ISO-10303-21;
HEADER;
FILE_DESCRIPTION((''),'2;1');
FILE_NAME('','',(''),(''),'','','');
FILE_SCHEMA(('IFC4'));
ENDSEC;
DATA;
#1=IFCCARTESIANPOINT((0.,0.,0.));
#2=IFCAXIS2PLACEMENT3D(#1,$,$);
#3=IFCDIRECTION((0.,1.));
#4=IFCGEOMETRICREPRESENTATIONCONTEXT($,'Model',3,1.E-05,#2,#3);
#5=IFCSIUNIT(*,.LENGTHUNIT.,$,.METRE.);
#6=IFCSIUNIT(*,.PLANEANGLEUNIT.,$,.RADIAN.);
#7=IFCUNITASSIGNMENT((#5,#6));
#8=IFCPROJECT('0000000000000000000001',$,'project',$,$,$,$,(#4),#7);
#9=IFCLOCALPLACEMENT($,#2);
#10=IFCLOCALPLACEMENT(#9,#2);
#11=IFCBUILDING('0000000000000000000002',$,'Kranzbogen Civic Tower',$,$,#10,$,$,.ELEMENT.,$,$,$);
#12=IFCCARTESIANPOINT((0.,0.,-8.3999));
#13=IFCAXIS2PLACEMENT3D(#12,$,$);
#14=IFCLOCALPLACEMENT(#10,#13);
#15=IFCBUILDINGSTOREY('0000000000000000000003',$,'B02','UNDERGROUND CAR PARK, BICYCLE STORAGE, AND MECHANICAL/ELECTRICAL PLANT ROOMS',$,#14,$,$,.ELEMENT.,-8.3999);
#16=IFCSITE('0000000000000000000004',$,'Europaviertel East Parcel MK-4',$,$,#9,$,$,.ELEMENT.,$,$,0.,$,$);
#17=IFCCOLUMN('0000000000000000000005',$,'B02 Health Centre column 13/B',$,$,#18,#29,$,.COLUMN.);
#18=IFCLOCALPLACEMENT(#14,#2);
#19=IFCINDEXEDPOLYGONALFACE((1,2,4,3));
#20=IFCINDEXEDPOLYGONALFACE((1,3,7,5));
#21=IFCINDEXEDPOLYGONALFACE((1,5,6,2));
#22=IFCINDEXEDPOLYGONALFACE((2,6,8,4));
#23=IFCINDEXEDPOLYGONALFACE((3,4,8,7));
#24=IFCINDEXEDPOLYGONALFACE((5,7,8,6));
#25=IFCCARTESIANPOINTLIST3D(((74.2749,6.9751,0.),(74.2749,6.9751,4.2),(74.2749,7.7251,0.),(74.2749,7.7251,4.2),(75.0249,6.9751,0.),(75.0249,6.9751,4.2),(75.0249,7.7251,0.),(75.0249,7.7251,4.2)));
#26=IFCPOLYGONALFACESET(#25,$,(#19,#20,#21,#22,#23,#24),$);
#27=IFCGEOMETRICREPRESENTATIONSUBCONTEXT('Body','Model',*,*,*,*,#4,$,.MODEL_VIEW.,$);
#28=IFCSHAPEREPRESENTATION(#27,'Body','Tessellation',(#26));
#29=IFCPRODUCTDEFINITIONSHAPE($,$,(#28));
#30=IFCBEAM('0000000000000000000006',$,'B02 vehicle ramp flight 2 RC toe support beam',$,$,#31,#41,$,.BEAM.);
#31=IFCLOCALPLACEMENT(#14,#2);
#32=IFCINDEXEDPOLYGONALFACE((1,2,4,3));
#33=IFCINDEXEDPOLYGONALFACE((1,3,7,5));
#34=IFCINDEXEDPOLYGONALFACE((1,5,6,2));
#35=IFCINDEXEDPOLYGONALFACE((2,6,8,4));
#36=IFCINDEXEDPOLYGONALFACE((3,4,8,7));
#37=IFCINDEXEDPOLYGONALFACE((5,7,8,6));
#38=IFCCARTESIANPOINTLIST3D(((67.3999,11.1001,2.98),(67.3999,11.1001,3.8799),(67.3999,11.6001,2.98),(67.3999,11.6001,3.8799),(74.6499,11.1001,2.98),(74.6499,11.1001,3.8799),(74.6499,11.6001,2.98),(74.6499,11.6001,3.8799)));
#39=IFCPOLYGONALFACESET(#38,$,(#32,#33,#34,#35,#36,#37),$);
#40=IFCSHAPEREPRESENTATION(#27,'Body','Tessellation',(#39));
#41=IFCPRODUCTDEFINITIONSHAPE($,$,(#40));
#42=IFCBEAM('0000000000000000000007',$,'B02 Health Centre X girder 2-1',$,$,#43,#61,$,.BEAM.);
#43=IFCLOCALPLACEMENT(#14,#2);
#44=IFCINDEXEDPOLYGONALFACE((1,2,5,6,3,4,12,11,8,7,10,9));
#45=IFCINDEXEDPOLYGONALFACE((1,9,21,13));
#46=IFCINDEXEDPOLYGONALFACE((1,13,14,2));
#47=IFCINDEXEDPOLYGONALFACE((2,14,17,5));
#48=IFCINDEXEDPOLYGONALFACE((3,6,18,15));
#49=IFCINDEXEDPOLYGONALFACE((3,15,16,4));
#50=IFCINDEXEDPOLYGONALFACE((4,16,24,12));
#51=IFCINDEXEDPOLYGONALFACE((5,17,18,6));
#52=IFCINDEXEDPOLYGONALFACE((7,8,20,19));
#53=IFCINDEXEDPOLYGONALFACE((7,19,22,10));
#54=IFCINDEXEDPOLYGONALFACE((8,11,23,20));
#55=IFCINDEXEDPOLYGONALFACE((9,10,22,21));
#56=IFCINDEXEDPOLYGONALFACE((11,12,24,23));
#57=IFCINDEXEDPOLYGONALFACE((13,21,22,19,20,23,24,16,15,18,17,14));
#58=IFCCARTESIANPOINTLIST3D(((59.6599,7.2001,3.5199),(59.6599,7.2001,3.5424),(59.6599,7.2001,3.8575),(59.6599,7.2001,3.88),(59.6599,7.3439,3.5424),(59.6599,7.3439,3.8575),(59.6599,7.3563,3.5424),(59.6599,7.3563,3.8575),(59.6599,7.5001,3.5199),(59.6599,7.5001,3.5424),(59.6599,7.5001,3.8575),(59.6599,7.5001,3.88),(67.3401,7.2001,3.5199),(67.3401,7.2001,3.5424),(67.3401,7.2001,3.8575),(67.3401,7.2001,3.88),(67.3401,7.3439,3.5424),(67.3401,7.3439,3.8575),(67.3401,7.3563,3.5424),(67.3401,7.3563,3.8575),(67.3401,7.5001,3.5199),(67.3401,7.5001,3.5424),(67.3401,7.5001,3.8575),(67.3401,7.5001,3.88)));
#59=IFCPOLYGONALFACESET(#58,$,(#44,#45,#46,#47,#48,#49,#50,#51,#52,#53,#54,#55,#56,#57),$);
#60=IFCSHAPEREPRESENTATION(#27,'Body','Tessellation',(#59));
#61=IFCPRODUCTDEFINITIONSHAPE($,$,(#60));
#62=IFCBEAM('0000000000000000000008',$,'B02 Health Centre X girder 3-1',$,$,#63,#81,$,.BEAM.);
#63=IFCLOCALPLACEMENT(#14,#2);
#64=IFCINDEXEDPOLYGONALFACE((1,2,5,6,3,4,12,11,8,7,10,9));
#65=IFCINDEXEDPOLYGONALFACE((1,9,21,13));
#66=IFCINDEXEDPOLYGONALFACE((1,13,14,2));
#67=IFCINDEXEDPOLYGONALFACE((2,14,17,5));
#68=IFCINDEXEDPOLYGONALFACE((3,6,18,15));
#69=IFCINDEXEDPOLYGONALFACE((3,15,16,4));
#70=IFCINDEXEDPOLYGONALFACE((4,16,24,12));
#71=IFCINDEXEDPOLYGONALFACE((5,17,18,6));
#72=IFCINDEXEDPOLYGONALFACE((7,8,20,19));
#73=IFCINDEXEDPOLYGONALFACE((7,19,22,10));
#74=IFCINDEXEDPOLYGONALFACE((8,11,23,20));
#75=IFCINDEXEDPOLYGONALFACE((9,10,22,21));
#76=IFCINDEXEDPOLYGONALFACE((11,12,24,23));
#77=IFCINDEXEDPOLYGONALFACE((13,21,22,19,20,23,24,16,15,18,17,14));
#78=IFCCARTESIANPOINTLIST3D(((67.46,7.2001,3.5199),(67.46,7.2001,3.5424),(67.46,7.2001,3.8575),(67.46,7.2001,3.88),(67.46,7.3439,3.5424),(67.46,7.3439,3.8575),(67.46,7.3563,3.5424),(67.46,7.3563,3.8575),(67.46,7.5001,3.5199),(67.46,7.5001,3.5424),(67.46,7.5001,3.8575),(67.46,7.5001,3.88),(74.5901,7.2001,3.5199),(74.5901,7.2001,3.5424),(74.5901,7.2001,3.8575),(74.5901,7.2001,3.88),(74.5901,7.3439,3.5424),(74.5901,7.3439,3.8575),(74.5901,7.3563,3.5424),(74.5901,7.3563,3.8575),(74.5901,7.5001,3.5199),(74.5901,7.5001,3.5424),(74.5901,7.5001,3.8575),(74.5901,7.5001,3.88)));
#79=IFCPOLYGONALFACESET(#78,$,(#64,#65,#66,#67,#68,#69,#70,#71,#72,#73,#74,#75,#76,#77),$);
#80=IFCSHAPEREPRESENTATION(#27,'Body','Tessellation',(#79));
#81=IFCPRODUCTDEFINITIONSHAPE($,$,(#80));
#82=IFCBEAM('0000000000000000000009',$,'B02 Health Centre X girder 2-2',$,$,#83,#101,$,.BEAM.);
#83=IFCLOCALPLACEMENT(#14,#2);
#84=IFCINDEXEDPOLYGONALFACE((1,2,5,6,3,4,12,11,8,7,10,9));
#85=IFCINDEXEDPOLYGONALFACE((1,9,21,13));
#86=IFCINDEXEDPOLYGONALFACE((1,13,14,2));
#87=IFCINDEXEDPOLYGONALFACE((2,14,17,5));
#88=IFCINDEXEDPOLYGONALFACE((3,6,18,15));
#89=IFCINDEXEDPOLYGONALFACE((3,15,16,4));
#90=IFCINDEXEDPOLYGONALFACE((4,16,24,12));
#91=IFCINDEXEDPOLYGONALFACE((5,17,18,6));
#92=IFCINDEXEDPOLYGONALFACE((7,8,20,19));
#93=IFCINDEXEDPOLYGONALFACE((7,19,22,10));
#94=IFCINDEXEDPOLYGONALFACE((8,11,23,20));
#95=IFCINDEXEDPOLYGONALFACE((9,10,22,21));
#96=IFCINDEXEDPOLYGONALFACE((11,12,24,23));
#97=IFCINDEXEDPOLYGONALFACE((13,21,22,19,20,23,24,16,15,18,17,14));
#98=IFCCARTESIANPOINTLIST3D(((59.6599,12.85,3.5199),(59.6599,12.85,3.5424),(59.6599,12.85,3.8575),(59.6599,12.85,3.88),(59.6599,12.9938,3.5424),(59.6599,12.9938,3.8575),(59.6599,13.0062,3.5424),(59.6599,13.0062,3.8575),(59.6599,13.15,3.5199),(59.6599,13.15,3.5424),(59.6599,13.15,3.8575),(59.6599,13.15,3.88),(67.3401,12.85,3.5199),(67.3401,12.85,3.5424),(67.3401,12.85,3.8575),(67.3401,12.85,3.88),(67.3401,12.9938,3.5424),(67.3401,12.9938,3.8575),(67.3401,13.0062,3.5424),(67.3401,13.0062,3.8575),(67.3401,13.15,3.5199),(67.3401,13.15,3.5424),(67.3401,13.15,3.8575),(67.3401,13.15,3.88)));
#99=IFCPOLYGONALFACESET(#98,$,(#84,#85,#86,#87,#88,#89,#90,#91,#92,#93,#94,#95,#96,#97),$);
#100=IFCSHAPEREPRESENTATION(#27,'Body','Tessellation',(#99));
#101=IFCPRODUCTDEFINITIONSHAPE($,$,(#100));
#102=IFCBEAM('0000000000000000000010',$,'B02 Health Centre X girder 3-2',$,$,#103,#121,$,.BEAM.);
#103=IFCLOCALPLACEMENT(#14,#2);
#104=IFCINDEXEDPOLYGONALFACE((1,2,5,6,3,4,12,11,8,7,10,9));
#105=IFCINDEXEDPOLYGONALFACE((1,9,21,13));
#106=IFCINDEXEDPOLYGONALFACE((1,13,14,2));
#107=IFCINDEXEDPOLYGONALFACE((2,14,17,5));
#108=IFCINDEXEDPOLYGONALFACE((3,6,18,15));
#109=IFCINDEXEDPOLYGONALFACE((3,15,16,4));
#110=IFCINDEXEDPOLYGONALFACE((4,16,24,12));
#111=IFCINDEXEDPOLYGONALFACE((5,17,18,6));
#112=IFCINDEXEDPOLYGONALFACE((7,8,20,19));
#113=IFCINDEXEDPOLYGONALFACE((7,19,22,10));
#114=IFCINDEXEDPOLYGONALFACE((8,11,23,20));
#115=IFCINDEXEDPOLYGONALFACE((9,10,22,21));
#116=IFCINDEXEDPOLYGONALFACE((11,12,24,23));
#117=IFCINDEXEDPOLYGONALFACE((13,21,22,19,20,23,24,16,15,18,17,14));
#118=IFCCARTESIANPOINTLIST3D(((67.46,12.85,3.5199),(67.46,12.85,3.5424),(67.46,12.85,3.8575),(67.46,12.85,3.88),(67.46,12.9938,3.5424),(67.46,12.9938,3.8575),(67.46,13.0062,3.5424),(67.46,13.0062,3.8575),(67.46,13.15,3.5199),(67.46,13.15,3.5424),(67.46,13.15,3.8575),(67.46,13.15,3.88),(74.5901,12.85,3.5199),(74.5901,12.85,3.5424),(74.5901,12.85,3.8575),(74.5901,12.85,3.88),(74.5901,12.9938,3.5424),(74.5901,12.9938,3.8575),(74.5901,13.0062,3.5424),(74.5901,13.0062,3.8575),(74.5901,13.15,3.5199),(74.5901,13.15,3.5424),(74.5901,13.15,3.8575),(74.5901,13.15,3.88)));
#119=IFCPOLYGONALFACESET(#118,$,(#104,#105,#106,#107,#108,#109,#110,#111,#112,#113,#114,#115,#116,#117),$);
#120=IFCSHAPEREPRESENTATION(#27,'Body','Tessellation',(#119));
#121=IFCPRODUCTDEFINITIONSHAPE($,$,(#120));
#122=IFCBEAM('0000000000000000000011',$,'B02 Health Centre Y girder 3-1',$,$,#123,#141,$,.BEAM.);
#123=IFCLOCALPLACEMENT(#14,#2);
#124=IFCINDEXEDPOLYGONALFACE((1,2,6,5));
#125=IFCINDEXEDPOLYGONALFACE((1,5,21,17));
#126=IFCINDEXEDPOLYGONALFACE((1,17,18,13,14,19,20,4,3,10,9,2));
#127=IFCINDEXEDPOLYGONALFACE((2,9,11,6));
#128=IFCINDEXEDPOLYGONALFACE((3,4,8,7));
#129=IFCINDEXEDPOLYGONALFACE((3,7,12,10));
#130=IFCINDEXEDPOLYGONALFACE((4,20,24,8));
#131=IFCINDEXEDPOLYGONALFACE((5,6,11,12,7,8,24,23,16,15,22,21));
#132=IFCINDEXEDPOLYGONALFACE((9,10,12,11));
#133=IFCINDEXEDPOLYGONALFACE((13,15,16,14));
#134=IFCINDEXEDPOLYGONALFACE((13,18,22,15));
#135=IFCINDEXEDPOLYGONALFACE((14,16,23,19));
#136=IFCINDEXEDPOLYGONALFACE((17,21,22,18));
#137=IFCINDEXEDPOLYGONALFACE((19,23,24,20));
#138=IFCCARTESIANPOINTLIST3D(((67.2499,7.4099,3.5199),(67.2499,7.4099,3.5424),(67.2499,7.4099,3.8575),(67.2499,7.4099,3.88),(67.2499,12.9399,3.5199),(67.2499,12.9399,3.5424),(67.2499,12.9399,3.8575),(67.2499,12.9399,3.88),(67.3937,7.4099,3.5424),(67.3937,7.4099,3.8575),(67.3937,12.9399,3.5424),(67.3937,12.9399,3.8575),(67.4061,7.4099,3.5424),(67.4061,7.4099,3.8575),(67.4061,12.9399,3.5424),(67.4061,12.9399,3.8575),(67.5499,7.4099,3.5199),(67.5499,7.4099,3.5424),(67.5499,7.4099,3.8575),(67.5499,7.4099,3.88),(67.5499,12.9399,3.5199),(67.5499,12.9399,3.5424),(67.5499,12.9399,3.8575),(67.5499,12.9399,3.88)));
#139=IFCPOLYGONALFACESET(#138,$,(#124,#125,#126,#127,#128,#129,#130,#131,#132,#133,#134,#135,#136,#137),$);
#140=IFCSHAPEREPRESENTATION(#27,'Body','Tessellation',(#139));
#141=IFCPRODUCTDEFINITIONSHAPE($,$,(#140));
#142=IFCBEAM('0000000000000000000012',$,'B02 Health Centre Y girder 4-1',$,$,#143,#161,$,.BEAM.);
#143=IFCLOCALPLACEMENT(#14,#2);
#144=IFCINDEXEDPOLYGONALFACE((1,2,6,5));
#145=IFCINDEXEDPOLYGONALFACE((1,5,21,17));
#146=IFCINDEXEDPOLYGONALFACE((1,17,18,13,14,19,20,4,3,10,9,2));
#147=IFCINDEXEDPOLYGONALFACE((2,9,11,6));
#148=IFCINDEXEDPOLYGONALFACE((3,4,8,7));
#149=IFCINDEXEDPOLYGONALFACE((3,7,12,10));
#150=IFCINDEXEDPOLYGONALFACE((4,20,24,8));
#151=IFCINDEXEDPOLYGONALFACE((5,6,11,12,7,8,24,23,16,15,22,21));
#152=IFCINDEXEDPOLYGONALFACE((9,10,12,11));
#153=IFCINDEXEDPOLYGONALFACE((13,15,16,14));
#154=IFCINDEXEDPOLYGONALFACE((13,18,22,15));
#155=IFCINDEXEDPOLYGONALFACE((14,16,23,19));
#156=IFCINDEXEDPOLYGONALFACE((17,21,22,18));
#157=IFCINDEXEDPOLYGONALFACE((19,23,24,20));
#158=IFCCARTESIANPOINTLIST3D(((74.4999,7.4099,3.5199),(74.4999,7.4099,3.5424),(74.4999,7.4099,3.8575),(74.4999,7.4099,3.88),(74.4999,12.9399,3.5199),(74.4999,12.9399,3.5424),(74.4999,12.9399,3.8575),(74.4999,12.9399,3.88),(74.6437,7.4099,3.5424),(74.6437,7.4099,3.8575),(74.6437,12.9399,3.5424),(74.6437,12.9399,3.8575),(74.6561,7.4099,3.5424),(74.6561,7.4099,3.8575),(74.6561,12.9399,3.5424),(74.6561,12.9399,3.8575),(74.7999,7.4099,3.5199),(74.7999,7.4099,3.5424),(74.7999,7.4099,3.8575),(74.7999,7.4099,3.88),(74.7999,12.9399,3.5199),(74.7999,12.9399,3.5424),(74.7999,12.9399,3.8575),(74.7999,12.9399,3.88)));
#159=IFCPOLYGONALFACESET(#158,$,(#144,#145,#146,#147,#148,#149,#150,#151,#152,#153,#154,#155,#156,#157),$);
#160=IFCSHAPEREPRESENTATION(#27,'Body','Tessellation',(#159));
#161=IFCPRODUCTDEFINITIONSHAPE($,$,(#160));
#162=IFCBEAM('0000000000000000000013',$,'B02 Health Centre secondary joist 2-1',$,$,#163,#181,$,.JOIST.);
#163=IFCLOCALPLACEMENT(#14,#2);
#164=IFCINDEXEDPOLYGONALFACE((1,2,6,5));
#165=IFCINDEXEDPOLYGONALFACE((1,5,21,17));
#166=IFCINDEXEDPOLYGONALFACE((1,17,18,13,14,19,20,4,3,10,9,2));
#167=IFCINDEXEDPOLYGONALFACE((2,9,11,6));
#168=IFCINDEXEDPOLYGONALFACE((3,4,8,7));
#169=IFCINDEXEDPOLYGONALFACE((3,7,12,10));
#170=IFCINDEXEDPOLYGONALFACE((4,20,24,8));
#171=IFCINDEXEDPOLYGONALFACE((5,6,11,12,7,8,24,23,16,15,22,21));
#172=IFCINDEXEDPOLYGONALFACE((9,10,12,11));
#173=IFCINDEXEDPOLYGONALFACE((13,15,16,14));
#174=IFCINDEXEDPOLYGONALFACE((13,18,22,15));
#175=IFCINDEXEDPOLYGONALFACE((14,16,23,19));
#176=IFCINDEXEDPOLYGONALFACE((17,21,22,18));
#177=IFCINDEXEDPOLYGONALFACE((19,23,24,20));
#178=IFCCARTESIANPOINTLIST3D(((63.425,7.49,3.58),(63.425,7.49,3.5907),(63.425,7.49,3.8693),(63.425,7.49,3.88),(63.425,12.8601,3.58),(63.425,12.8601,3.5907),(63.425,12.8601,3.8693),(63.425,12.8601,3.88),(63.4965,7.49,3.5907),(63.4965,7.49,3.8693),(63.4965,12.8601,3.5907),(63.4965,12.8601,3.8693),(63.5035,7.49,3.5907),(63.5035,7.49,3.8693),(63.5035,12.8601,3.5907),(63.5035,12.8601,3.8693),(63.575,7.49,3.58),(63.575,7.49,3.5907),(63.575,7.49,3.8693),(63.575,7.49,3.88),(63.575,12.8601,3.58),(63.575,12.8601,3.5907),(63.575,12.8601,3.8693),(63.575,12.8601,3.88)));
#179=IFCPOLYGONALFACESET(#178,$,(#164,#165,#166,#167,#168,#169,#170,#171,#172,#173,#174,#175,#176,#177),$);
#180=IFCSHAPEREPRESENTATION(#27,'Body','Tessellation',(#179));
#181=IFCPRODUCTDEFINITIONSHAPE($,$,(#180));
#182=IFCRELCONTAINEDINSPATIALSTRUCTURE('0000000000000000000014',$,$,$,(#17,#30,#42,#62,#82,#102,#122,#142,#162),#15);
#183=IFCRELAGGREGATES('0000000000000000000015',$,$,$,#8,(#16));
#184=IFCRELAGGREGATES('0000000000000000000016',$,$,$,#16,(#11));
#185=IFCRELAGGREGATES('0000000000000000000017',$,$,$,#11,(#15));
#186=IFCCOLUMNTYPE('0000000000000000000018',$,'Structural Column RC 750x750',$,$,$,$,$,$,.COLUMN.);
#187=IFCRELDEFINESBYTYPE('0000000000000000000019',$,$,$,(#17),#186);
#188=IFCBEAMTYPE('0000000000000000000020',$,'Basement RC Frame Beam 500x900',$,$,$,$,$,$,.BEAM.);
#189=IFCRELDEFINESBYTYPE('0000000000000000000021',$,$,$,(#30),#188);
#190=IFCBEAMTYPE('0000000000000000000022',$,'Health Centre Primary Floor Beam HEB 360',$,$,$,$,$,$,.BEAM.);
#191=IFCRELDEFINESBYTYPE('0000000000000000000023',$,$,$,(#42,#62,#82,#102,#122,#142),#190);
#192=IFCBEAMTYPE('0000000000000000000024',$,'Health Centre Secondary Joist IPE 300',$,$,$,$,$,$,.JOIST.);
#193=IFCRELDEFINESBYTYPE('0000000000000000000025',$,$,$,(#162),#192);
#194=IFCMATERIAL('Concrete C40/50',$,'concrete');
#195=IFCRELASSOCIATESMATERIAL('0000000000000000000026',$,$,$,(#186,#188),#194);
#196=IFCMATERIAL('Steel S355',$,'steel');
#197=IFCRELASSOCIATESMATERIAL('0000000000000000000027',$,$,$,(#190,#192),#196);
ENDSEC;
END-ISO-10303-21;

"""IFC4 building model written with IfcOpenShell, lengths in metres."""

from ifc_helpers import new_model, si_unit, direction, frame, origin, origin_2d, place, context, subcontext, project, spatial, rectangle, i_section, extrude, material, material_profile, profile_set, type_object, element, save


model = new_model("IFC4")

# Units and contexts
model_context = context("Model", 3, precision=1e-05, world=origin(), true_north=direction((0.0, 1.0)))
body_context = subcontext(model_context, "Body", "Model", "MODEL_VIEW")
ifc_project = project(units=[si_unit("LENGTHUNIT", "METRE"), si_unit("PLANEANGLEUNIT", "RADIAN")], contexts=[model_context])

# Site, building, storey
site_placement = place(None, origin())
site = spatial("IfcSite", under=ifc_project, at=site_placement, Name="Europaviertel East Parcel MK-4", CompositionType="ELEMENT", RefElevation=0.0)
building_placement = place(site_placement, origin())
building = spatial("IfcBuilding", under=site, at=building_placement, Name="Kranzbogen Civic Tower", CompositionType="ELEMENT")
storey_placement = place(building_placement, frame((0.0, 0.0, -8.3999)))
storey = spatial("IfcBuildingStorey", under=building, at=storey_placement, Name="B02", Description="UNDERGROUND CAR PARK, BICYCLE STORAGE, AND MECHANICAL/ELECTRICAL PLANT ROOMS", CompositionType="ELEMENT", Elevation=-8.3999)

# Shared definitions
ifc_material_1 = material(Name="Concrete C40/50", Category="concrete")

# Column
ifc_material_2 = material(Name="Steel S355", Category="steel")
ifc_material_profile_1 = material_profile(ifc_material_1, rectangle(XDim=0.75, YDim=0.75, at=origin_2d()), Name="RC 750x750")
ifc_profile_set_1 = profile_set([ifc_material_profile_1], Name="Concrete C40/50")
column_type_1 = type_object("IfcColumnType", Name="Structural Column RC 750x750", PredefinedType="COLUMN", material=ifc_profile_set_1)
column_1_placement = place(storey_placement, frame((74.6499, 7.3501, 0.0), z_axis=(0.0, 0.0, 1.0), x_axis=(1.0, 0.0, 0.0)))
element("IfcColumn", 1, at=column_1_placement, inside=storey, type_object=column_type_1, Name="B02 Health Centre column 13/B", PredefinedType="COLUMN", context=body_context, shape_type="SweptSolid", body=[
    extrude(rectangle(XDim=0.75, YDim=0.75, at=origin_2d()), origin(), (0.0, 0.0, 1.0), 4.2),
])

# Beams
ifc_material_profile_2 = material_profile(ifc_material_1, rectangle(XDim=0.5, YDim=0.8999, at=origin_2d()), Name="RC-BM 500x900")
ifc_profile_set_2 = profile_set([ifc_material_profile_2], Name="Concrete C40/50")
beam_type_1 = type_object("IfcBeamType", Name="Basement RC Frame Beam 500x900", PredefinedType="BEAM", material=ifc_profile_set_2)
beam_1_placement = place(storey_placement, frame((67.3999, 11.3501, 3.4299), z_axis=(1.0, 0.0, 0.0), x_axis=(0.0, 1.0, 0.0)))
element("IfcBeam", 2, at=beam_1_placement, inside=storey, type_object=beam_type_1, Name="B02 vehicle ramp flight 2 RC toe support beam", PredefinedType="BEAM", context=body_context, shape_type="SweptSolid", body=[
    extrude(rectangle(XDim=0.5, YDim=0.8999, at=origin_2d()), origin(), (0.0, 0.0, 1.0), 7.25),
])
ifc_material_profile_3 = material_profile(ifc_material_2, i_section(OverallWidth=0.3, OverallDepth=0.3601, WebThickness=0.0125, FlangeThickness=0.0225, at=origin_2d()), Name="HEB 360")
ifc_profile_set_3 = profile_set([ifc_material_profile_3], Name="Steel S355")
beam_type_2 = type_object("IfcBeamType", Name="Health Centre Primary Floor Beam HEB 360", PredefinedType="BEAM", material=ifc_profile_set_3)
beam_2_placement = place(storey_placement, frame((59.6599, 7.3501, 3.7), z_axis=(1.0, 0.0, 0.0), x_axis=(0.0, 1.0, 0.0)))
element("IfcBeam", 3, at=beam_2_placement, inside=storey, type_object=beam_type_2, Name="B02 Health Centre X girder 2-1", PredefinedType="BEAM", context=body_context, shape_type="SweptSolid", body=[
    extrude(i_section(OverallWidth=0.3, OverallDepth=0.3601, WebThickness=0.0125, FlangeThickness=0.0225, at=origin_2d()), origin(), (0.0, 0.0, 1.0), 7.6802),
])
beam_3_placement = place(storey_placement, frame((67.46, 7.3501, 3.7), z_axis=(1.0, 0.0, 0.0), x_axis=(0.0, 1.0, 0.0)))
element("IfcBeam", 4, at=beam_3_placement, inside=storey, type_object=beam_type_2, Name="B02 Health Centre X girder 3-1", PredefinedType="BEAM", context=body_context, shape_type="SweptSolid", body=[
    extrude(i_section(OverallWidth=0.3, OverallDepth=0.3601, WebThickness=0.0125, FlangeThickness=0.0225, at=origin_2d()), origin(), (0.0, 0.0, 1.0), 7.1301),
])
beam_4_placement = place(storey_placement, frame((59.6599, 13.0, 3.7), z_axis=(1.0, 0.0, 0.0), x_axis=(0.0, 1.0, 0.0)))
element("IfcBeam", 5, at=beam_4_placement, inside=storey, type_object=beam_type_2, Name="B02 Health Centre X girder 2-2", PredefinedType="BEAM", context=body_context, shape_type="SweptSolid", body=[
    extrude(i_section(OverallWidth=0.3, OverallDepth=0.3601, WebThickness=0.0125, FlangeThickness=0.0225, at=origin_2d()), origin(), (0.0, 0.0, 1.0), 7.6802),
])
beam_5_placement = place(storey_placement, frame((67.46, 13.0, 3.7), z_axis=(1.0, 0.0, 0.0), x_axis=(0.0, 1.0, 0.0)))
element("IfcBeam", 6, at=beam_5_placement, inside=storey, type_object=beam_type_2, Name="B02 Health Centre X girder 3-2", PredefinedType="BEAM", context=body_context, shape_type="SweptSolid", body=[
    extrude(i_section(OverallWidth=0.3, OverallDepth=0.3601, WebThickness=0.0125, FlangeThickness=0.0225, at=origin_2d()), origin(), (0.0, 0.0, 1.0), 7.1301),
])
for number, where, z_axis, x_axis, name in (
    (7, (67.3999, 7.4099, 3.7), (0.0, 1.0, 0.0), (-1.0, 0.0, 0.0), "B02 Health Centre Y girder 3-1"),
    (8, (74.6499, 7.4099, 3.7), (0.0, 1.0, 0.0), (-1.0, 0.0, 0.0), "B02 Health Centre Y girder 4-1"),
):
    element("IfcBeam", number, at=place(storey_placement, frame(where, z_axis=z_axis, x_axis=x_axis)), inside=storey, type_object=beam_type_2, Name=name, PredefinedType="BEAM", context=body_context, shape_type="SweptSolid", body=[
        extrude(i_section(OverallWidth=0.3, OverallDepth=0.3601, WebThickness=0.0125, FlangeThickness=0.0225, at=origin_2d()), origin(), (0.0, 0.0, 1.0), 5.53),
    ])
ifc_material_profile_4 = material_profile(ifc_material_2, i_section(OverallWidth=0.1499, OverallDepth=0.3, WebThickness=0.0071, FlangeThickness=0.0107, at=origin_2d()), Name="IPE 300")
ifc_profile_set_4 = profile_set([ifc_material_profile_4], Name="Steel S355")
beam_type_3 = type_object("IfcBeamType", Name="Health Centre Secondary Joist IPE 300", PredefinedType="JOIST", material=ifc_profile_set_4)
for number, where, z_axis, x_axis, name in (
    (9, (63.5, 7.49, 3.73), (0.0, 1.0, 0.0), (-1.0, 0.0, 0.0), "B02 Health Centre secondary joist 2-1"),
):
    element("IfcBeam", number, at=place(storey_placement, frame(where, z_axis=z_axis, x_axis=x_axis)), inside=storey, type_object=beam_type_3, Name=name, PredefinedType="JOIST", context=body_context, shape_type="SweptSolid", body=[
        extrude(i_section(OverallWidth=0.1499, OverallDepth=0.3, WebThickness=0.0071, FlangeThickness=0.0107, at=origin_2d()), origin(), (0.0, 0.0, 1.0), 5.3701),
    ])

save(model, "model.ifc")
